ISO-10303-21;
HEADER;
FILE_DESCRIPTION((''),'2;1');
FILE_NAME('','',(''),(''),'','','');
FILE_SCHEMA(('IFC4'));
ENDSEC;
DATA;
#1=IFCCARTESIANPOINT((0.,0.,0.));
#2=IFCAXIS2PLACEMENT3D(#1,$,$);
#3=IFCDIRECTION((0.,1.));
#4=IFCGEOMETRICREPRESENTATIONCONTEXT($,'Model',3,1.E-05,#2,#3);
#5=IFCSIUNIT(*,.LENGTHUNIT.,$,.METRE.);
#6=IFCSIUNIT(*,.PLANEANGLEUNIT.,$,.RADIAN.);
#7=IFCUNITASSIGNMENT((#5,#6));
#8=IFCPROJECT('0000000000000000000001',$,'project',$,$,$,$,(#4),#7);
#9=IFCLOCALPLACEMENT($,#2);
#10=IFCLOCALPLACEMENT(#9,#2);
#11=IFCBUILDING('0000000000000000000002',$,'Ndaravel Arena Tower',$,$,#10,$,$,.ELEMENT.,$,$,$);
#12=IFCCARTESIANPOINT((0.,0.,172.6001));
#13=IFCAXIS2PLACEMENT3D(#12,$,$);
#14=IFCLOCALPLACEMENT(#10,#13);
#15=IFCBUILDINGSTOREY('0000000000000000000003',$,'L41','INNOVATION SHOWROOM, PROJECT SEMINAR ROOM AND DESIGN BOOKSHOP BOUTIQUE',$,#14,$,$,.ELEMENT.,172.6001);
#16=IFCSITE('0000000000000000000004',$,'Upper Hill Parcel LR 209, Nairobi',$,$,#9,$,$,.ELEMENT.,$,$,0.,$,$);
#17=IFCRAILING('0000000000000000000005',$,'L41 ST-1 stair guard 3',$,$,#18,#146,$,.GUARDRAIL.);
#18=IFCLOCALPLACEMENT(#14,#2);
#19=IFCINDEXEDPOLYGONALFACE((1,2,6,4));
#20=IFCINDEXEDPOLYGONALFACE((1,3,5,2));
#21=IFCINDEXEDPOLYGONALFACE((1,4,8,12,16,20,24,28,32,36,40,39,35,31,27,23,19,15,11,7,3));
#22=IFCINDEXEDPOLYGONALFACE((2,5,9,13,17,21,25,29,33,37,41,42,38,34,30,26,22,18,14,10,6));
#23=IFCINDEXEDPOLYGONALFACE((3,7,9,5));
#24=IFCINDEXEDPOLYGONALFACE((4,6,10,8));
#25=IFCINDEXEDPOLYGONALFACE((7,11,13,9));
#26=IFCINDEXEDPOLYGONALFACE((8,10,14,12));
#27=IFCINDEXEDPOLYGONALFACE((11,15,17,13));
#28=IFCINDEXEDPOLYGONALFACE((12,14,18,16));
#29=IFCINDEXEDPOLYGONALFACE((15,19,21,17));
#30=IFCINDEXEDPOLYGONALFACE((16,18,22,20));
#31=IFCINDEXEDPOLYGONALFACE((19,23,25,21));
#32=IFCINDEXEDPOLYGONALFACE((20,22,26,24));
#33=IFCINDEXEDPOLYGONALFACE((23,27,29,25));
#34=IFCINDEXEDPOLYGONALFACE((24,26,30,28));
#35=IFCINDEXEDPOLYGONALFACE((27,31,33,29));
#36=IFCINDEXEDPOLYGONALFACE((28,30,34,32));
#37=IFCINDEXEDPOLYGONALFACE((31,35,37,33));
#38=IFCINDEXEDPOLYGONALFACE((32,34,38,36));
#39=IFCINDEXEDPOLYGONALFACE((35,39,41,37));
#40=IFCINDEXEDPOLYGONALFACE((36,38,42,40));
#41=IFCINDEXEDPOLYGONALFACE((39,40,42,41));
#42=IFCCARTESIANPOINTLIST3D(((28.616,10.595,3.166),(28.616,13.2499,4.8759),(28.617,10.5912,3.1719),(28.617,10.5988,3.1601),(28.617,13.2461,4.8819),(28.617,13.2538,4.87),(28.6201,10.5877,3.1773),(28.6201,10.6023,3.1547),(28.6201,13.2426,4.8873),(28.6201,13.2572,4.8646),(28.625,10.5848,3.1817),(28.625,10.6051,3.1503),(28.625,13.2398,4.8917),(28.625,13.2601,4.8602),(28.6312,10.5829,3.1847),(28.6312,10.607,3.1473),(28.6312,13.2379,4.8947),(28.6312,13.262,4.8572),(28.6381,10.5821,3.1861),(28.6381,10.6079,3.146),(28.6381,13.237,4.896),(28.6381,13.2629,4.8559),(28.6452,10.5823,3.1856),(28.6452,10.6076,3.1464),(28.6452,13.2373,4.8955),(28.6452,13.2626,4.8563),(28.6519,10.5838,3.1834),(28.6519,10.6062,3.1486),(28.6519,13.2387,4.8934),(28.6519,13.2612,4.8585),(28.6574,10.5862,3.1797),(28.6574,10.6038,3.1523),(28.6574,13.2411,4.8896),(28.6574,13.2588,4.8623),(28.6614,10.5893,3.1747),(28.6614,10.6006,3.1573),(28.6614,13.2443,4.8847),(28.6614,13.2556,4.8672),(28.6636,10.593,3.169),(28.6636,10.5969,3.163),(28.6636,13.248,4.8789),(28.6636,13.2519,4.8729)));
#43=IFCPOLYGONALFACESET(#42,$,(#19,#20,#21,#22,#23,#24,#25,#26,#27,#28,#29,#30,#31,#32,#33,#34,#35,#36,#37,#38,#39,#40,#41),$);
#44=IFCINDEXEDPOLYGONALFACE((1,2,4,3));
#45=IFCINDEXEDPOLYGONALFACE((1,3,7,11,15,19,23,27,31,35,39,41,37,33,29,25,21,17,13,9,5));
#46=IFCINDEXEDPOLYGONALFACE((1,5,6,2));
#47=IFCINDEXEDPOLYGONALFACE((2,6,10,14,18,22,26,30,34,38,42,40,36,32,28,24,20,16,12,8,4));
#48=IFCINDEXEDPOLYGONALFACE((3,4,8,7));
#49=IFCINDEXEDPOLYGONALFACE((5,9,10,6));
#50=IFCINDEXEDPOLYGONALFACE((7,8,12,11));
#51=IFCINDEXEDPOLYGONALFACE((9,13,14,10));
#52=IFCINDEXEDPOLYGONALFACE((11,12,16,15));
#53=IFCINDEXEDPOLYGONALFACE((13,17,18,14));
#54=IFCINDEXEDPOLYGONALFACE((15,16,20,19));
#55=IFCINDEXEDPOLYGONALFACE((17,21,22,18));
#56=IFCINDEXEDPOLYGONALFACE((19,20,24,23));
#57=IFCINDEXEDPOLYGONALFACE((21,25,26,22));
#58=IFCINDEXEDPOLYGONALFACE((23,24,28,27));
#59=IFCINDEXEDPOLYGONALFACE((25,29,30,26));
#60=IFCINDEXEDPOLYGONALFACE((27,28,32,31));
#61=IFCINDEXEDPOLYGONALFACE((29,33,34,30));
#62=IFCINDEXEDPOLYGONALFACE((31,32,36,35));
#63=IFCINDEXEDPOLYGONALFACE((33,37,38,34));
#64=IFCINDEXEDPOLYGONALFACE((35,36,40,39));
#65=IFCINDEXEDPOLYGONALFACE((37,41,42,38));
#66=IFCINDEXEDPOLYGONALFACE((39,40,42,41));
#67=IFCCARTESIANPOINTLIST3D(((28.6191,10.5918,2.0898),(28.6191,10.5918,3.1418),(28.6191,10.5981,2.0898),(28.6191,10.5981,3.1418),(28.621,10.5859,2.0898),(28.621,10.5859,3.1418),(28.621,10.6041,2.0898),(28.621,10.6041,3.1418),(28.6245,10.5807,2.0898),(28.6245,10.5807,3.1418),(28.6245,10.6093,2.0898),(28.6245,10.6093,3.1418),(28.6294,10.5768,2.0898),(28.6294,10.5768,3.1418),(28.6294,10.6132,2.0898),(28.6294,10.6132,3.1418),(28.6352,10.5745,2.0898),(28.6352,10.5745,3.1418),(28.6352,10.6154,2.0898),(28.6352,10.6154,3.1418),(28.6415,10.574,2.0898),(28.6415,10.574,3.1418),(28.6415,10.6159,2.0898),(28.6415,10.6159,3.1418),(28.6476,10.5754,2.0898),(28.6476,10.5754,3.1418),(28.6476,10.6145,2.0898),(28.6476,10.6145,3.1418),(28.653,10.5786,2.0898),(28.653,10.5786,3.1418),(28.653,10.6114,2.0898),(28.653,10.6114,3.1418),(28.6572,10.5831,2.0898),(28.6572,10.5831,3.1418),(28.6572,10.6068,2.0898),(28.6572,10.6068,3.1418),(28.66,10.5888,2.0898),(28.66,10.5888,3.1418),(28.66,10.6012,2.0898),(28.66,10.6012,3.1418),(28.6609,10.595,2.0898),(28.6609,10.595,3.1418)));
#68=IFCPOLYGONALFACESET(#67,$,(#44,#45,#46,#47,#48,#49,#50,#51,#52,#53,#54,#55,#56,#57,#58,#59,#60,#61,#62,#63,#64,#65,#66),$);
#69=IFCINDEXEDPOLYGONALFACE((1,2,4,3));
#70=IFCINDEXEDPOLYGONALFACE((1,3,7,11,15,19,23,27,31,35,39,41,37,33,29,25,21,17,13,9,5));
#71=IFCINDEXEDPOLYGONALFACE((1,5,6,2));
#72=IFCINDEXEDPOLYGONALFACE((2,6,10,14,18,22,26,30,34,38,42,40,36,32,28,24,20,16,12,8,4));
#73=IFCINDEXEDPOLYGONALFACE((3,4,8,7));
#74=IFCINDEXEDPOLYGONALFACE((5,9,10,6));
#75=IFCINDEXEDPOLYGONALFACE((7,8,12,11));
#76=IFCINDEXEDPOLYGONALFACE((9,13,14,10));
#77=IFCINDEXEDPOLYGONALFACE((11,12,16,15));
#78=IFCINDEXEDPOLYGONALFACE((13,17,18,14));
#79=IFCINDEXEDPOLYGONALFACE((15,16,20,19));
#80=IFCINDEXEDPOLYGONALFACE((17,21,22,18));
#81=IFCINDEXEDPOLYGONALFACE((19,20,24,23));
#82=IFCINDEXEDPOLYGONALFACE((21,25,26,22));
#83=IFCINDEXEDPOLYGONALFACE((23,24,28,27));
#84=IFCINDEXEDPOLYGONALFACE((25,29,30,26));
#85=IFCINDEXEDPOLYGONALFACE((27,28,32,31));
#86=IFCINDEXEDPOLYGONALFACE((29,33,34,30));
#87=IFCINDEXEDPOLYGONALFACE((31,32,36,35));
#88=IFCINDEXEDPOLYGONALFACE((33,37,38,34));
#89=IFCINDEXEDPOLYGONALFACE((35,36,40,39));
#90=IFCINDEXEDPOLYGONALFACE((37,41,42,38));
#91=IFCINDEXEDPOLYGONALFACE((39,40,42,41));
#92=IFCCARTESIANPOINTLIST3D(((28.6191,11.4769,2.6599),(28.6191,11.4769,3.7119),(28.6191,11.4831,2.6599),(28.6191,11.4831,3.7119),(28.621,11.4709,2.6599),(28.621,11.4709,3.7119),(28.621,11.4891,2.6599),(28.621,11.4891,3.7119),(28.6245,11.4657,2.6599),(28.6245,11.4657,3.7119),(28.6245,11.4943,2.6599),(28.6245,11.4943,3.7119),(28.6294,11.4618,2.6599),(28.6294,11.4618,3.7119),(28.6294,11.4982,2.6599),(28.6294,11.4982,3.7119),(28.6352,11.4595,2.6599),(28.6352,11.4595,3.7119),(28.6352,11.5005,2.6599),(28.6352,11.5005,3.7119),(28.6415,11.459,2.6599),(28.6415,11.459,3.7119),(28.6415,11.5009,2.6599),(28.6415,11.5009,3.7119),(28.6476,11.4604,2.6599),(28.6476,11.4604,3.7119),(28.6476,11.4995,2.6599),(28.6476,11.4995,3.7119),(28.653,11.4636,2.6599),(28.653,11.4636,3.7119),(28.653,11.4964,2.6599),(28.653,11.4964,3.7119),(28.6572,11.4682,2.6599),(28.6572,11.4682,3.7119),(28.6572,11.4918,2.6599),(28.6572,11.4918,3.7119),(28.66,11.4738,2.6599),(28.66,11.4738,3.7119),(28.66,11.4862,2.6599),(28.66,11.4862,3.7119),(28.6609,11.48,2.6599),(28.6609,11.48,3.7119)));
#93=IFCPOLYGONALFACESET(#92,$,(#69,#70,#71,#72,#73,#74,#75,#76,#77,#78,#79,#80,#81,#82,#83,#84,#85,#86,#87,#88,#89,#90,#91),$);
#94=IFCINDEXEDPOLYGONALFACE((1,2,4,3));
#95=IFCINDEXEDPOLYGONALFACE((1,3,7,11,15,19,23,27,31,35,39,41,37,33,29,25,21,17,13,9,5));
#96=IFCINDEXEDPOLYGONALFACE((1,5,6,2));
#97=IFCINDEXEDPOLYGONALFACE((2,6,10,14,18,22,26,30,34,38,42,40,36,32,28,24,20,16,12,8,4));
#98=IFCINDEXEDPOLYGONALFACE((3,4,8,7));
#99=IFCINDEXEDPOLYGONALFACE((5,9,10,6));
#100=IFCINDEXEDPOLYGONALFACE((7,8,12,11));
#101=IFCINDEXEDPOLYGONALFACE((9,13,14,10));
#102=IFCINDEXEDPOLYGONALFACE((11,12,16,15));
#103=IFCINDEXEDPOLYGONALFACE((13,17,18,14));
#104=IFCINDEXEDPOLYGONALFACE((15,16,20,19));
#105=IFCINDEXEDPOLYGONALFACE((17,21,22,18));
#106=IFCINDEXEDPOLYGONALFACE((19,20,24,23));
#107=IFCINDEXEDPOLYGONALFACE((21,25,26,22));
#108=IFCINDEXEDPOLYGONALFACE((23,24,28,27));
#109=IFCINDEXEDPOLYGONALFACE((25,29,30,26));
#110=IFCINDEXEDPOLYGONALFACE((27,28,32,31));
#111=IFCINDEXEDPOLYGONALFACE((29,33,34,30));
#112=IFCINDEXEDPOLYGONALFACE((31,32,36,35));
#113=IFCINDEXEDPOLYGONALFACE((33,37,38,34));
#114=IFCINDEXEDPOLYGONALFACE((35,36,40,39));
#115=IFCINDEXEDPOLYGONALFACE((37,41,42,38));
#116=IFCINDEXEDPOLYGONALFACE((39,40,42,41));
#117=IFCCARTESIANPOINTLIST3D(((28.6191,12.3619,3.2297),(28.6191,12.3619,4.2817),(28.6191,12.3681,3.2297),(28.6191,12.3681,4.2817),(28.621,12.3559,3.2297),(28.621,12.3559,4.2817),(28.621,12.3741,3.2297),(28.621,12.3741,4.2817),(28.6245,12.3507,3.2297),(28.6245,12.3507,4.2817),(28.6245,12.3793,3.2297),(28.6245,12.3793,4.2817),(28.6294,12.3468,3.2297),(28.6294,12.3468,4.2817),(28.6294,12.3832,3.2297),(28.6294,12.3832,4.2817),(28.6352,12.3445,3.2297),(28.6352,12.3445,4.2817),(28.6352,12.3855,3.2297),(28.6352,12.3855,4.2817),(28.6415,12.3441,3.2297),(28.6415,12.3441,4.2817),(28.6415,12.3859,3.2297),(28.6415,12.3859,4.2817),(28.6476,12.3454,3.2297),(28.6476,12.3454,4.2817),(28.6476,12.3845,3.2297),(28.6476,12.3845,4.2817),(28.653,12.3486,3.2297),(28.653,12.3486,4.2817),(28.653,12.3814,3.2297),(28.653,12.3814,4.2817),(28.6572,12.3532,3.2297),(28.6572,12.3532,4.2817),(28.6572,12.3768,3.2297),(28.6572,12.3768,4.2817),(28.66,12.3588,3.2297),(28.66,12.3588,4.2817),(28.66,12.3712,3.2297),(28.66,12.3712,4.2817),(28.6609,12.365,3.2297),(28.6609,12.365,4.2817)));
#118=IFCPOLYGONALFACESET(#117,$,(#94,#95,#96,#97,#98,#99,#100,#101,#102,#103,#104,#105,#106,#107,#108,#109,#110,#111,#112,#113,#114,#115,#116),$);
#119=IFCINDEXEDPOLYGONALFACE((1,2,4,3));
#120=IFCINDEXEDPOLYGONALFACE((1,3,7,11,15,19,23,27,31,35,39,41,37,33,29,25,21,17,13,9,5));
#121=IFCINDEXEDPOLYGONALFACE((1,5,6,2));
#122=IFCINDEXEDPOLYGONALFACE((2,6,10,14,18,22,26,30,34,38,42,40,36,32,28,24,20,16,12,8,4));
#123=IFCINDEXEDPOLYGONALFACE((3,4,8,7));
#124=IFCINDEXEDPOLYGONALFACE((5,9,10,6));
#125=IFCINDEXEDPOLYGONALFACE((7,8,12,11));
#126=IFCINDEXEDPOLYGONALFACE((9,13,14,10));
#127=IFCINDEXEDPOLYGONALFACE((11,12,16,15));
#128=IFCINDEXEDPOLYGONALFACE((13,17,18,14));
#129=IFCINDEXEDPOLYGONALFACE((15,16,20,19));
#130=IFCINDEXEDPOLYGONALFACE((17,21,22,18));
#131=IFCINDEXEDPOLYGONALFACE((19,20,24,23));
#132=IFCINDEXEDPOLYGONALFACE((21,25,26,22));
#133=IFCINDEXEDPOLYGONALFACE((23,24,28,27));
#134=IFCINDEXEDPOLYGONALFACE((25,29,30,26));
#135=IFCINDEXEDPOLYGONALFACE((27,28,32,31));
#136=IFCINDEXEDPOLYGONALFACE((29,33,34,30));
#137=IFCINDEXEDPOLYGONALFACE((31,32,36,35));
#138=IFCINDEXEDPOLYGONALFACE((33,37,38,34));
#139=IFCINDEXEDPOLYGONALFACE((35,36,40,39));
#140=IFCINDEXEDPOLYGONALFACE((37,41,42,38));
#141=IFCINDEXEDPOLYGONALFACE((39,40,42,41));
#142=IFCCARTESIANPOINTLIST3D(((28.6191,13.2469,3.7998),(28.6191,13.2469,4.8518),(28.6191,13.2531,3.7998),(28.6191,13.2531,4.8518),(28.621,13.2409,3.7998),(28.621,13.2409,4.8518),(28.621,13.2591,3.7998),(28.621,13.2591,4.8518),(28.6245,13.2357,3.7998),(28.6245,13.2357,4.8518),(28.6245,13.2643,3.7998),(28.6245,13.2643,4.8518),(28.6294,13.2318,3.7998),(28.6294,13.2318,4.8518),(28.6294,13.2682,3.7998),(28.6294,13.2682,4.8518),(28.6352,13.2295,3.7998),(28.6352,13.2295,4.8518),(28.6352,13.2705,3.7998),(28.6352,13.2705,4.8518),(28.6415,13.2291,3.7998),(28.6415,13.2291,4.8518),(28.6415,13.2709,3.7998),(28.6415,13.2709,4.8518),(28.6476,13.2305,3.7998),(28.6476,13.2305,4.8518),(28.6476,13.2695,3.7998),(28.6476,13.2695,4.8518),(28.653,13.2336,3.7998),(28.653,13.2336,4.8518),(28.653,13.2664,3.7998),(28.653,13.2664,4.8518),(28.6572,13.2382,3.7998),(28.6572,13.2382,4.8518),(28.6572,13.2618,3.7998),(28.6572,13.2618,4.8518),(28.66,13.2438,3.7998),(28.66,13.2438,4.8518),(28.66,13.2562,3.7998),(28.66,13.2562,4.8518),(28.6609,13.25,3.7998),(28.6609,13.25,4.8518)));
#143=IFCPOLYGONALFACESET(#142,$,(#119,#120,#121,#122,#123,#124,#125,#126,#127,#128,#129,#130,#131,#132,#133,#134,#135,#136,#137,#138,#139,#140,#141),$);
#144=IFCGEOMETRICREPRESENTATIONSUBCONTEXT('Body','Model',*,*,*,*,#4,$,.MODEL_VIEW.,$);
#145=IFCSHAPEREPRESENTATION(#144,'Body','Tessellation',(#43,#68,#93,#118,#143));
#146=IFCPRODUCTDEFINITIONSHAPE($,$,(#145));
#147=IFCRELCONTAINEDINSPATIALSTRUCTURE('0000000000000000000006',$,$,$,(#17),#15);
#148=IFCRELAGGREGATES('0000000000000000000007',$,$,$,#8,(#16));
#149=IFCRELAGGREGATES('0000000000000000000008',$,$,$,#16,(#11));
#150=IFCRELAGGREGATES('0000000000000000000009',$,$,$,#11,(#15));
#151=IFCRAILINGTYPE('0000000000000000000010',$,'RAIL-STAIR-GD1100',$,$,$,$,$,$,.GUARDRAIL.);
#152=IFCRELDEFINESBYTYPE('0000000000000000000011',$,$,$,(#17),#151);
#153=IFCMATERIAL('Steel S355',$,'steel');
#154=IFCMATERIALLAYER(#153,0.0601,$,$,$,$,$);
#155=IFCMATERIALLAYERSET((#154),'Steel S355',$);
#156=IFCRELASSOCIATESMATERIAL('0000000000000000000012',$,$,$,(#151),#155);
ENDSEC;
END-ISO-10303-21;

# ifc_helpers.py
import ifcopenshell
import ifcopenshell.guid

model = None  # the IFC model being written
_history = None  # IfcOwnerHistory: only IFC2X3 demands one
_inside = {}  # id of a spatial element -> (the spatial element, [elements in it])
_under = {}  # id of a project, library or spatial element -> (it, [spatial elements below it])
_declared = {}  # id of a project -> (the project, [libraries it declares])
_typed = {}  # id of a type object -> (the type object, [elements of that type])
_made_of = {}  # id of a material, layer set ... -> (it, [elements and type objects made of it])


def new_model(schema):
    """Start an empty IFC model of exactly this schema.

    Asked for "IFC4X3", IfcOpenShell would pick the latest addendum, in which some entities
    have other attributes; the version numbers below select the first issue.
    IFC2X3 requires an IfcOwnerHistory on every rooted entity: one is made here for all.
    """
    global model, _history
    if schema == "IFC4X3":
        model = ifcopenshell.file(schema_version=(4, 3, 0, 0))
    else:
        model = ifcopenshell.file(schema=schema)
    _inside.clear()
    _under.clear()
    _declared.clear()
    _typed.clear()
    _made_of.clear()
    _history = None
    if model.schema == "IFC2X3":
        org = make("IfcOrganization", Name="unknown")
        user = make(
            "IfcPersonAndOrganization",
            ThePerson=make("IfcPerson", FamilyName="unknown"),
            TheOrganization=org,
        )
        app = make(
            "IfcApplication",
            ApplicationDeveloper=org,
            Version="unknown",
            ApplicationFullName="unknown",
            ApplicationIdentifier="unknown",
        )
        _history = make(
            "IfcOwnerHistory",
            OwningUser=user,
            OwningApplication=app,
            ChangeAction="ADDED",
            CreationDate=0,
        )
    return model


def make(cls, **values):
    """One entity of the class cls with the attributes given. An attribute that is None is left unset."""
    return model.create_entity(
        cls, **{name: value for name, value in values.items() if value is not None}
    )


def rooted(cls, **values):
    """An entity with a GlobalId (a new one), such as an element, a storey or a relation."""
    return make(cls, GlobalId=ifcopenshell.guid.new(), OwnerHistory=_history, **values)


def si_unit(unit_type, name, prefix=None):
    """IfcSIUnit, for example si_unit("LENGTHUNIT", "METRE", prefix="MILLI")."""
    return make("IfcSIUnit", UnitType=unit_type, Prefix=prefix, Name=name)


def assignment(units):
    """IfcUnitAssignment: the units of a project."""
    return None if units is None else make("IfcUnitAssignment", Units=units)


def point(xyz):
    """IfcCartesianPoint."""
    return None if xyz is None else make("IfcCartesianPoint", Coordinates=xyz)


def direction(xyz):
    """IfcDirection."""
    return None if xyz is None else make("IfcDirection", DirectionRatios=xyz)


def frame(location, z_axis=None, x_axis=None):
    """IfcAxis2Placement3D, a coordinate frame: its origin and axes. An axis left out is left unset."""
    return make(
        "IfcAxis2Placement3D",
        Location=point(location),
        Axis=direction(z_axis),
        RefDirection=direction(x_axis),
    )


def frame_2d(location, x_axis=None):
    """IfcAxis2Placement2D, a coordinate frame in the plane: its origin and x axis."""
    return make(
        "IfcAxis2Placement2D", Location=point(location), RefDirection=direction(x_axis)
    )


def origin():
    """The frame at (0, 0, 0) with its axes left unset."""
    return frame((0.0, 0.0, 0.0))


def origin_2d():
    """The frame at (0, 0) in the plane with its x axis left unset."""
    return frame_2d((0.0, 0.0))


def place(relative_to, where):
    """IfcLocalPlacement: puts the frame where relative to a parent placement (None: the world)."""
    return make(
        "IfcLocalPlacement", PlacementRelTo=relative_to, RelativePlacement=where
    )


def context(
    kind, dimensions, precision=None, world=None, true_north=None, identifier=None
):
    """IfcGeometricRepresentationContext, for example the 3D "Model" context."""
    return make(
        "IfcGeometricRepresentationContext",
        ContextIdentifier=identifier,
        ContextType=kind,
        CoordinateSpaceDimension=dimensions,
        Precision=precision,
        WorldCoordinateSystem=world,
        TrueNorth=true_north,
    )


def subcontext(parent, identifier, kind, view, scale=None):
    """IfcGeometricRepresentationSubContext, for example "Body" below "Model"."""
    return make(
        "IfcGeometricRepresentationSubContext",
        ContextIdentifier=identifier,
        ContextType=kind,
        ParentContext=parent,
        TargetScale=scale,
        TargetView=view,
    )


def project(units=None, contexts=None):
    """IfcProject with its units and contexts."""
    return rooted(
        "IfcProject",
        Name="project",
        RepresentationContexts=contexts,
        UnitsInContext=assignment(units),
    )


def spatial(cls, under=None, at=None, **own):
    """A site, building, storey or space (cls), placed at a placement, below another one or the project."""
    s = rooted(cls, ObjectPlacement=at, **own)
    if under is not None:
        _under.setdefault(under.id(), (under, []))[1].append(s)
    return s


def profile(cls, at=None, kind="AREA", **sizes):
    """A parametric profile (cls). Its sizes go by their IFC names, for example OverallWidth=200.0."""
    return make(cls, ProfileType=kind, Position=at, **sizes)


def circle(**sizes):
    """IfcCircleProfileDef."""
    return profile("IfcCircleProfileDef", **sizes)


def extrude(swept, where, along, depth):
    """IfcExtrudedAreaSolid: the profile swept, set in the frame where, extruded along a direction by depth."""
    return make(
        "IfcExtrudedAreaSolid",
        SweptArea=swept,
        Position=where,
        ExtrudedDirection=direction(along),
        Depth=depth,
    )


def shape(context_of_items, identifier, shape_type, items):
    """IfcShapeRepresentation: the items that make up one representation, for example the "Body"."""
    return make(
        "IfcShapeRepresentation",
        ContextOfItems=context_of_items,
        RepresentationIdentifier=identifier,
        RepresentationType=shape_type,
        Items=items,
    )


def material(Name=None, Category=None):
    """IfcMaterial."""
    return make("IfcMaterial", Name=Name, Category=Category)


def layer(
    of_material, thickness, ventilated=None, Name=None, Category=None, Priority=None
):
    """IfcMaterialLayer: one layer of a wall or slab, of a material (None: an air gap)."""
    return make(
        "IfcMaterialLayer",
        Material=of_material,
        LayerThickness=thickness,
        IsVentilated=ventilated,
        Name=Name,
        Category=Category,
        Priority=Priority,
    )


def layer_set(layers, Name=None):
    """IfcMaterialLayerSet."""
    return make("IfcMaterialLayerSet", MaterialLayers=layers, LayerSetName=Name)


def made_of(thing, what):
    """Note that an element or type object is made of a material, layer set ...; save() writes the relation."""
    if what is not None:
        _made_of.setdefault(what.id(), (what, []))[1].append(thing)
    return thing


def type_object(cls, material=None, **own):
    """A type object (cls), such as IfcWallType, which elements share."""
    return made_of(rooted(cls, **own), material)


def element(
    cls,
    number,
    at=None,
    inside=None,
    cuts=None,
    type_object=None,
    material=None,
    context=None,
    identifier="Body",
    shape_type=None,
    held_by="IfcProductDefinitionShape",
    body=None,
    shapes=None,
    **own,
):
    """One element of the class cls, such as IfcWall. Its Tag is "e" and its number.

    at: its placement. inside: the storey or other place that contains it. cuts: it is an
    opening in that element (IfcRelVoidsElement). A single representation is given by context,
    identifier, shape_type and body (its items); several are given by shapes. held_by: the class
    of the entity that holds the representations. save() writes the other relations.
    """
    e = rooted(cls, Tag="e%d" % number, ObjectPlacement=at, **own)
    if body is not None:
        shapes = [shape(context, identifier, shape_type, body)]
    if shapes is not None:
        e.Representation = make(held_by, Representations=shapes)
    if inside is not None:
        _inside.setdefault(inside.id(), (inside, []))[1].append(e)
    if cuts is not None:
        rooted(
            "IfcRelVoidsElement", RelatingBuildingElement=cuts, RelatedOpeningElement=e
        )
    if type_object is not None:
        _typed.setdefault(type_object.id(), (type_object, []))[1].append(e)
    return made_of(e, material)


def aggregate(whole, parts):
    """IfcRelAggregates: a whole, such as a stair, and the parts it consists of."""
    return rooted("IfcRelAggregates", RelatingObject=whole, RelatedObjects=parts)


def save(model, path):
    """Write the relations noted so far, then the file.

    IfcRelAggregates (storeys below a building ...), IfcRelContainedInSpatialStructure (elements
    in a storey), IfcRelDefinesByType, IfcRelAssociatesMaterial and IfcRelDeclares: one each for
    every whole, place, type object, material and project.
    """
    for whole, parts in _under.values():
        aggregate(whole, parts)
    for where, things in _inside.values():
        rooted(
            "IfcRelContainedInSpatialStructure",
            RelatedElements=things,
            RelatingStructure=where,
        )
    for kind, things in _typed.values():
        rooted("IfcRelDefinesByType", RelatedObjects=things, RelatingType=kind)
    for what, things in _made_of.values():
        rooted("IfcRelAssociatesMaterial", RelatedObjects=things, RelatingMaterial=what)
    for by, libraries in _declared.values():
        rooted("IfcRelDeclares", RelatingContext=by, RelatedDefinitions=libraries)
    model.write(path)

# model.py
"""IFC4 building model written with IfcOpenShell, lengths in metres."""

from ifc_helpers import new_model, si_unit, direction, frame, origin, origin_2d, place, context, subcontext, project, spatial, circle, extrude, material, layer, layer_set, type_object, element, save


model = new_model("IFC4")

# Units and contexts
model_context = context("Model", 3, precision=1e-05, world=origin(), true_north=direction((0.0, 1.0)))
body_context = subcontext(model_context, "Body", "Model", "MODEL_VIEW")
ifc_project = project(units=[si_unit("LENGTHUNIT", "METRE"), si_unit("PLANEANGLEUNIT", "RADIAN")], contexts=[model_context])

# Site, building, storey
site_placement = place(None, origin())
site = spatial("IfcSite", under=ifc_project, at=site_placement, Name="Upper Hill Parcel LR 209, Nairobi", CompositionType="ELEMENT", RefElevation=0.0)
building_placement = place(site_placement, origin())
building = spatial("IfcBuilding", under=site, at=building_placement, Name="Ndaravel Arena Tower", CompositionType="ELEMENT")
storey_placement = place(building_placement, frame((0.0, 0.0, 172.6001)))
storey = spatial("IfcBuildingStorey", under=building, at=storey_placement, Name="L41", Description="INNOVATION SHOWROOM, PROJECT SEMINAR ROOM AND DESIGN BOOKSHOP BOUTIQUE", CompositionType="ELEMENT", Elevation=172.6001)

# Railing
ifc_material_1 = material(Name="Steel S355", Category="steel")
ifc_layer_1 = layer(ifc_material_1, 0.0601)
ifc_layer_set_1 = layer_set([ifc_layer_1], Name="Steel S355")
railing_type_1 = type_object("IfcRailingType", Name="RAIL-STAIR-GD1100", PredefinedType="GUARDRAIL", material=ifc_layer_set_1)
railing_1_placement = place(storey_placement, frame((28.6399, 10.595, 2.0898)))
element("IfcRailing", 1, at=railing_1_placement, inside=storey, type_object=railing_type_1, Name="L41 ST-1 stair guard 3", PredefinedType="GUARDRAIL", context=body_context, shape_type="SweptSolid", body=[
    extrude(circle(Radius=0.0239, at=origin_2d()), frame((0.0, 0.0, 1.0762), z_axis=(0.0, 0.840724, 0.541465), x_axis=(-1.0, 0.0, 0.0)), (0.0, 0.0, 1.0), 3.158),
    extrude(circle(Radius=0.021, at=origin_2d()), origin(), (0.0, 0.0, 1.0), 1.052),
    extrude(circle(Radius=0.021, at=origin_2d()), frame((0.0, 0.885, 0.5701)), (0.0, 0.0, 1.0), 1.052),
    extrude(circle(Radius=0.021, at=origin_2d()), frame((0.0, 1.77, 1.1399)), (0.0, 0.0, 1.0), 1.052),
    extrude(circle(Radius=0.021, at=origin_2d()), frame((0.0, 2.655, 1.71)), (0.0, 0.0, 1.0), 1.052),
])

save(model, "model.ifc")
